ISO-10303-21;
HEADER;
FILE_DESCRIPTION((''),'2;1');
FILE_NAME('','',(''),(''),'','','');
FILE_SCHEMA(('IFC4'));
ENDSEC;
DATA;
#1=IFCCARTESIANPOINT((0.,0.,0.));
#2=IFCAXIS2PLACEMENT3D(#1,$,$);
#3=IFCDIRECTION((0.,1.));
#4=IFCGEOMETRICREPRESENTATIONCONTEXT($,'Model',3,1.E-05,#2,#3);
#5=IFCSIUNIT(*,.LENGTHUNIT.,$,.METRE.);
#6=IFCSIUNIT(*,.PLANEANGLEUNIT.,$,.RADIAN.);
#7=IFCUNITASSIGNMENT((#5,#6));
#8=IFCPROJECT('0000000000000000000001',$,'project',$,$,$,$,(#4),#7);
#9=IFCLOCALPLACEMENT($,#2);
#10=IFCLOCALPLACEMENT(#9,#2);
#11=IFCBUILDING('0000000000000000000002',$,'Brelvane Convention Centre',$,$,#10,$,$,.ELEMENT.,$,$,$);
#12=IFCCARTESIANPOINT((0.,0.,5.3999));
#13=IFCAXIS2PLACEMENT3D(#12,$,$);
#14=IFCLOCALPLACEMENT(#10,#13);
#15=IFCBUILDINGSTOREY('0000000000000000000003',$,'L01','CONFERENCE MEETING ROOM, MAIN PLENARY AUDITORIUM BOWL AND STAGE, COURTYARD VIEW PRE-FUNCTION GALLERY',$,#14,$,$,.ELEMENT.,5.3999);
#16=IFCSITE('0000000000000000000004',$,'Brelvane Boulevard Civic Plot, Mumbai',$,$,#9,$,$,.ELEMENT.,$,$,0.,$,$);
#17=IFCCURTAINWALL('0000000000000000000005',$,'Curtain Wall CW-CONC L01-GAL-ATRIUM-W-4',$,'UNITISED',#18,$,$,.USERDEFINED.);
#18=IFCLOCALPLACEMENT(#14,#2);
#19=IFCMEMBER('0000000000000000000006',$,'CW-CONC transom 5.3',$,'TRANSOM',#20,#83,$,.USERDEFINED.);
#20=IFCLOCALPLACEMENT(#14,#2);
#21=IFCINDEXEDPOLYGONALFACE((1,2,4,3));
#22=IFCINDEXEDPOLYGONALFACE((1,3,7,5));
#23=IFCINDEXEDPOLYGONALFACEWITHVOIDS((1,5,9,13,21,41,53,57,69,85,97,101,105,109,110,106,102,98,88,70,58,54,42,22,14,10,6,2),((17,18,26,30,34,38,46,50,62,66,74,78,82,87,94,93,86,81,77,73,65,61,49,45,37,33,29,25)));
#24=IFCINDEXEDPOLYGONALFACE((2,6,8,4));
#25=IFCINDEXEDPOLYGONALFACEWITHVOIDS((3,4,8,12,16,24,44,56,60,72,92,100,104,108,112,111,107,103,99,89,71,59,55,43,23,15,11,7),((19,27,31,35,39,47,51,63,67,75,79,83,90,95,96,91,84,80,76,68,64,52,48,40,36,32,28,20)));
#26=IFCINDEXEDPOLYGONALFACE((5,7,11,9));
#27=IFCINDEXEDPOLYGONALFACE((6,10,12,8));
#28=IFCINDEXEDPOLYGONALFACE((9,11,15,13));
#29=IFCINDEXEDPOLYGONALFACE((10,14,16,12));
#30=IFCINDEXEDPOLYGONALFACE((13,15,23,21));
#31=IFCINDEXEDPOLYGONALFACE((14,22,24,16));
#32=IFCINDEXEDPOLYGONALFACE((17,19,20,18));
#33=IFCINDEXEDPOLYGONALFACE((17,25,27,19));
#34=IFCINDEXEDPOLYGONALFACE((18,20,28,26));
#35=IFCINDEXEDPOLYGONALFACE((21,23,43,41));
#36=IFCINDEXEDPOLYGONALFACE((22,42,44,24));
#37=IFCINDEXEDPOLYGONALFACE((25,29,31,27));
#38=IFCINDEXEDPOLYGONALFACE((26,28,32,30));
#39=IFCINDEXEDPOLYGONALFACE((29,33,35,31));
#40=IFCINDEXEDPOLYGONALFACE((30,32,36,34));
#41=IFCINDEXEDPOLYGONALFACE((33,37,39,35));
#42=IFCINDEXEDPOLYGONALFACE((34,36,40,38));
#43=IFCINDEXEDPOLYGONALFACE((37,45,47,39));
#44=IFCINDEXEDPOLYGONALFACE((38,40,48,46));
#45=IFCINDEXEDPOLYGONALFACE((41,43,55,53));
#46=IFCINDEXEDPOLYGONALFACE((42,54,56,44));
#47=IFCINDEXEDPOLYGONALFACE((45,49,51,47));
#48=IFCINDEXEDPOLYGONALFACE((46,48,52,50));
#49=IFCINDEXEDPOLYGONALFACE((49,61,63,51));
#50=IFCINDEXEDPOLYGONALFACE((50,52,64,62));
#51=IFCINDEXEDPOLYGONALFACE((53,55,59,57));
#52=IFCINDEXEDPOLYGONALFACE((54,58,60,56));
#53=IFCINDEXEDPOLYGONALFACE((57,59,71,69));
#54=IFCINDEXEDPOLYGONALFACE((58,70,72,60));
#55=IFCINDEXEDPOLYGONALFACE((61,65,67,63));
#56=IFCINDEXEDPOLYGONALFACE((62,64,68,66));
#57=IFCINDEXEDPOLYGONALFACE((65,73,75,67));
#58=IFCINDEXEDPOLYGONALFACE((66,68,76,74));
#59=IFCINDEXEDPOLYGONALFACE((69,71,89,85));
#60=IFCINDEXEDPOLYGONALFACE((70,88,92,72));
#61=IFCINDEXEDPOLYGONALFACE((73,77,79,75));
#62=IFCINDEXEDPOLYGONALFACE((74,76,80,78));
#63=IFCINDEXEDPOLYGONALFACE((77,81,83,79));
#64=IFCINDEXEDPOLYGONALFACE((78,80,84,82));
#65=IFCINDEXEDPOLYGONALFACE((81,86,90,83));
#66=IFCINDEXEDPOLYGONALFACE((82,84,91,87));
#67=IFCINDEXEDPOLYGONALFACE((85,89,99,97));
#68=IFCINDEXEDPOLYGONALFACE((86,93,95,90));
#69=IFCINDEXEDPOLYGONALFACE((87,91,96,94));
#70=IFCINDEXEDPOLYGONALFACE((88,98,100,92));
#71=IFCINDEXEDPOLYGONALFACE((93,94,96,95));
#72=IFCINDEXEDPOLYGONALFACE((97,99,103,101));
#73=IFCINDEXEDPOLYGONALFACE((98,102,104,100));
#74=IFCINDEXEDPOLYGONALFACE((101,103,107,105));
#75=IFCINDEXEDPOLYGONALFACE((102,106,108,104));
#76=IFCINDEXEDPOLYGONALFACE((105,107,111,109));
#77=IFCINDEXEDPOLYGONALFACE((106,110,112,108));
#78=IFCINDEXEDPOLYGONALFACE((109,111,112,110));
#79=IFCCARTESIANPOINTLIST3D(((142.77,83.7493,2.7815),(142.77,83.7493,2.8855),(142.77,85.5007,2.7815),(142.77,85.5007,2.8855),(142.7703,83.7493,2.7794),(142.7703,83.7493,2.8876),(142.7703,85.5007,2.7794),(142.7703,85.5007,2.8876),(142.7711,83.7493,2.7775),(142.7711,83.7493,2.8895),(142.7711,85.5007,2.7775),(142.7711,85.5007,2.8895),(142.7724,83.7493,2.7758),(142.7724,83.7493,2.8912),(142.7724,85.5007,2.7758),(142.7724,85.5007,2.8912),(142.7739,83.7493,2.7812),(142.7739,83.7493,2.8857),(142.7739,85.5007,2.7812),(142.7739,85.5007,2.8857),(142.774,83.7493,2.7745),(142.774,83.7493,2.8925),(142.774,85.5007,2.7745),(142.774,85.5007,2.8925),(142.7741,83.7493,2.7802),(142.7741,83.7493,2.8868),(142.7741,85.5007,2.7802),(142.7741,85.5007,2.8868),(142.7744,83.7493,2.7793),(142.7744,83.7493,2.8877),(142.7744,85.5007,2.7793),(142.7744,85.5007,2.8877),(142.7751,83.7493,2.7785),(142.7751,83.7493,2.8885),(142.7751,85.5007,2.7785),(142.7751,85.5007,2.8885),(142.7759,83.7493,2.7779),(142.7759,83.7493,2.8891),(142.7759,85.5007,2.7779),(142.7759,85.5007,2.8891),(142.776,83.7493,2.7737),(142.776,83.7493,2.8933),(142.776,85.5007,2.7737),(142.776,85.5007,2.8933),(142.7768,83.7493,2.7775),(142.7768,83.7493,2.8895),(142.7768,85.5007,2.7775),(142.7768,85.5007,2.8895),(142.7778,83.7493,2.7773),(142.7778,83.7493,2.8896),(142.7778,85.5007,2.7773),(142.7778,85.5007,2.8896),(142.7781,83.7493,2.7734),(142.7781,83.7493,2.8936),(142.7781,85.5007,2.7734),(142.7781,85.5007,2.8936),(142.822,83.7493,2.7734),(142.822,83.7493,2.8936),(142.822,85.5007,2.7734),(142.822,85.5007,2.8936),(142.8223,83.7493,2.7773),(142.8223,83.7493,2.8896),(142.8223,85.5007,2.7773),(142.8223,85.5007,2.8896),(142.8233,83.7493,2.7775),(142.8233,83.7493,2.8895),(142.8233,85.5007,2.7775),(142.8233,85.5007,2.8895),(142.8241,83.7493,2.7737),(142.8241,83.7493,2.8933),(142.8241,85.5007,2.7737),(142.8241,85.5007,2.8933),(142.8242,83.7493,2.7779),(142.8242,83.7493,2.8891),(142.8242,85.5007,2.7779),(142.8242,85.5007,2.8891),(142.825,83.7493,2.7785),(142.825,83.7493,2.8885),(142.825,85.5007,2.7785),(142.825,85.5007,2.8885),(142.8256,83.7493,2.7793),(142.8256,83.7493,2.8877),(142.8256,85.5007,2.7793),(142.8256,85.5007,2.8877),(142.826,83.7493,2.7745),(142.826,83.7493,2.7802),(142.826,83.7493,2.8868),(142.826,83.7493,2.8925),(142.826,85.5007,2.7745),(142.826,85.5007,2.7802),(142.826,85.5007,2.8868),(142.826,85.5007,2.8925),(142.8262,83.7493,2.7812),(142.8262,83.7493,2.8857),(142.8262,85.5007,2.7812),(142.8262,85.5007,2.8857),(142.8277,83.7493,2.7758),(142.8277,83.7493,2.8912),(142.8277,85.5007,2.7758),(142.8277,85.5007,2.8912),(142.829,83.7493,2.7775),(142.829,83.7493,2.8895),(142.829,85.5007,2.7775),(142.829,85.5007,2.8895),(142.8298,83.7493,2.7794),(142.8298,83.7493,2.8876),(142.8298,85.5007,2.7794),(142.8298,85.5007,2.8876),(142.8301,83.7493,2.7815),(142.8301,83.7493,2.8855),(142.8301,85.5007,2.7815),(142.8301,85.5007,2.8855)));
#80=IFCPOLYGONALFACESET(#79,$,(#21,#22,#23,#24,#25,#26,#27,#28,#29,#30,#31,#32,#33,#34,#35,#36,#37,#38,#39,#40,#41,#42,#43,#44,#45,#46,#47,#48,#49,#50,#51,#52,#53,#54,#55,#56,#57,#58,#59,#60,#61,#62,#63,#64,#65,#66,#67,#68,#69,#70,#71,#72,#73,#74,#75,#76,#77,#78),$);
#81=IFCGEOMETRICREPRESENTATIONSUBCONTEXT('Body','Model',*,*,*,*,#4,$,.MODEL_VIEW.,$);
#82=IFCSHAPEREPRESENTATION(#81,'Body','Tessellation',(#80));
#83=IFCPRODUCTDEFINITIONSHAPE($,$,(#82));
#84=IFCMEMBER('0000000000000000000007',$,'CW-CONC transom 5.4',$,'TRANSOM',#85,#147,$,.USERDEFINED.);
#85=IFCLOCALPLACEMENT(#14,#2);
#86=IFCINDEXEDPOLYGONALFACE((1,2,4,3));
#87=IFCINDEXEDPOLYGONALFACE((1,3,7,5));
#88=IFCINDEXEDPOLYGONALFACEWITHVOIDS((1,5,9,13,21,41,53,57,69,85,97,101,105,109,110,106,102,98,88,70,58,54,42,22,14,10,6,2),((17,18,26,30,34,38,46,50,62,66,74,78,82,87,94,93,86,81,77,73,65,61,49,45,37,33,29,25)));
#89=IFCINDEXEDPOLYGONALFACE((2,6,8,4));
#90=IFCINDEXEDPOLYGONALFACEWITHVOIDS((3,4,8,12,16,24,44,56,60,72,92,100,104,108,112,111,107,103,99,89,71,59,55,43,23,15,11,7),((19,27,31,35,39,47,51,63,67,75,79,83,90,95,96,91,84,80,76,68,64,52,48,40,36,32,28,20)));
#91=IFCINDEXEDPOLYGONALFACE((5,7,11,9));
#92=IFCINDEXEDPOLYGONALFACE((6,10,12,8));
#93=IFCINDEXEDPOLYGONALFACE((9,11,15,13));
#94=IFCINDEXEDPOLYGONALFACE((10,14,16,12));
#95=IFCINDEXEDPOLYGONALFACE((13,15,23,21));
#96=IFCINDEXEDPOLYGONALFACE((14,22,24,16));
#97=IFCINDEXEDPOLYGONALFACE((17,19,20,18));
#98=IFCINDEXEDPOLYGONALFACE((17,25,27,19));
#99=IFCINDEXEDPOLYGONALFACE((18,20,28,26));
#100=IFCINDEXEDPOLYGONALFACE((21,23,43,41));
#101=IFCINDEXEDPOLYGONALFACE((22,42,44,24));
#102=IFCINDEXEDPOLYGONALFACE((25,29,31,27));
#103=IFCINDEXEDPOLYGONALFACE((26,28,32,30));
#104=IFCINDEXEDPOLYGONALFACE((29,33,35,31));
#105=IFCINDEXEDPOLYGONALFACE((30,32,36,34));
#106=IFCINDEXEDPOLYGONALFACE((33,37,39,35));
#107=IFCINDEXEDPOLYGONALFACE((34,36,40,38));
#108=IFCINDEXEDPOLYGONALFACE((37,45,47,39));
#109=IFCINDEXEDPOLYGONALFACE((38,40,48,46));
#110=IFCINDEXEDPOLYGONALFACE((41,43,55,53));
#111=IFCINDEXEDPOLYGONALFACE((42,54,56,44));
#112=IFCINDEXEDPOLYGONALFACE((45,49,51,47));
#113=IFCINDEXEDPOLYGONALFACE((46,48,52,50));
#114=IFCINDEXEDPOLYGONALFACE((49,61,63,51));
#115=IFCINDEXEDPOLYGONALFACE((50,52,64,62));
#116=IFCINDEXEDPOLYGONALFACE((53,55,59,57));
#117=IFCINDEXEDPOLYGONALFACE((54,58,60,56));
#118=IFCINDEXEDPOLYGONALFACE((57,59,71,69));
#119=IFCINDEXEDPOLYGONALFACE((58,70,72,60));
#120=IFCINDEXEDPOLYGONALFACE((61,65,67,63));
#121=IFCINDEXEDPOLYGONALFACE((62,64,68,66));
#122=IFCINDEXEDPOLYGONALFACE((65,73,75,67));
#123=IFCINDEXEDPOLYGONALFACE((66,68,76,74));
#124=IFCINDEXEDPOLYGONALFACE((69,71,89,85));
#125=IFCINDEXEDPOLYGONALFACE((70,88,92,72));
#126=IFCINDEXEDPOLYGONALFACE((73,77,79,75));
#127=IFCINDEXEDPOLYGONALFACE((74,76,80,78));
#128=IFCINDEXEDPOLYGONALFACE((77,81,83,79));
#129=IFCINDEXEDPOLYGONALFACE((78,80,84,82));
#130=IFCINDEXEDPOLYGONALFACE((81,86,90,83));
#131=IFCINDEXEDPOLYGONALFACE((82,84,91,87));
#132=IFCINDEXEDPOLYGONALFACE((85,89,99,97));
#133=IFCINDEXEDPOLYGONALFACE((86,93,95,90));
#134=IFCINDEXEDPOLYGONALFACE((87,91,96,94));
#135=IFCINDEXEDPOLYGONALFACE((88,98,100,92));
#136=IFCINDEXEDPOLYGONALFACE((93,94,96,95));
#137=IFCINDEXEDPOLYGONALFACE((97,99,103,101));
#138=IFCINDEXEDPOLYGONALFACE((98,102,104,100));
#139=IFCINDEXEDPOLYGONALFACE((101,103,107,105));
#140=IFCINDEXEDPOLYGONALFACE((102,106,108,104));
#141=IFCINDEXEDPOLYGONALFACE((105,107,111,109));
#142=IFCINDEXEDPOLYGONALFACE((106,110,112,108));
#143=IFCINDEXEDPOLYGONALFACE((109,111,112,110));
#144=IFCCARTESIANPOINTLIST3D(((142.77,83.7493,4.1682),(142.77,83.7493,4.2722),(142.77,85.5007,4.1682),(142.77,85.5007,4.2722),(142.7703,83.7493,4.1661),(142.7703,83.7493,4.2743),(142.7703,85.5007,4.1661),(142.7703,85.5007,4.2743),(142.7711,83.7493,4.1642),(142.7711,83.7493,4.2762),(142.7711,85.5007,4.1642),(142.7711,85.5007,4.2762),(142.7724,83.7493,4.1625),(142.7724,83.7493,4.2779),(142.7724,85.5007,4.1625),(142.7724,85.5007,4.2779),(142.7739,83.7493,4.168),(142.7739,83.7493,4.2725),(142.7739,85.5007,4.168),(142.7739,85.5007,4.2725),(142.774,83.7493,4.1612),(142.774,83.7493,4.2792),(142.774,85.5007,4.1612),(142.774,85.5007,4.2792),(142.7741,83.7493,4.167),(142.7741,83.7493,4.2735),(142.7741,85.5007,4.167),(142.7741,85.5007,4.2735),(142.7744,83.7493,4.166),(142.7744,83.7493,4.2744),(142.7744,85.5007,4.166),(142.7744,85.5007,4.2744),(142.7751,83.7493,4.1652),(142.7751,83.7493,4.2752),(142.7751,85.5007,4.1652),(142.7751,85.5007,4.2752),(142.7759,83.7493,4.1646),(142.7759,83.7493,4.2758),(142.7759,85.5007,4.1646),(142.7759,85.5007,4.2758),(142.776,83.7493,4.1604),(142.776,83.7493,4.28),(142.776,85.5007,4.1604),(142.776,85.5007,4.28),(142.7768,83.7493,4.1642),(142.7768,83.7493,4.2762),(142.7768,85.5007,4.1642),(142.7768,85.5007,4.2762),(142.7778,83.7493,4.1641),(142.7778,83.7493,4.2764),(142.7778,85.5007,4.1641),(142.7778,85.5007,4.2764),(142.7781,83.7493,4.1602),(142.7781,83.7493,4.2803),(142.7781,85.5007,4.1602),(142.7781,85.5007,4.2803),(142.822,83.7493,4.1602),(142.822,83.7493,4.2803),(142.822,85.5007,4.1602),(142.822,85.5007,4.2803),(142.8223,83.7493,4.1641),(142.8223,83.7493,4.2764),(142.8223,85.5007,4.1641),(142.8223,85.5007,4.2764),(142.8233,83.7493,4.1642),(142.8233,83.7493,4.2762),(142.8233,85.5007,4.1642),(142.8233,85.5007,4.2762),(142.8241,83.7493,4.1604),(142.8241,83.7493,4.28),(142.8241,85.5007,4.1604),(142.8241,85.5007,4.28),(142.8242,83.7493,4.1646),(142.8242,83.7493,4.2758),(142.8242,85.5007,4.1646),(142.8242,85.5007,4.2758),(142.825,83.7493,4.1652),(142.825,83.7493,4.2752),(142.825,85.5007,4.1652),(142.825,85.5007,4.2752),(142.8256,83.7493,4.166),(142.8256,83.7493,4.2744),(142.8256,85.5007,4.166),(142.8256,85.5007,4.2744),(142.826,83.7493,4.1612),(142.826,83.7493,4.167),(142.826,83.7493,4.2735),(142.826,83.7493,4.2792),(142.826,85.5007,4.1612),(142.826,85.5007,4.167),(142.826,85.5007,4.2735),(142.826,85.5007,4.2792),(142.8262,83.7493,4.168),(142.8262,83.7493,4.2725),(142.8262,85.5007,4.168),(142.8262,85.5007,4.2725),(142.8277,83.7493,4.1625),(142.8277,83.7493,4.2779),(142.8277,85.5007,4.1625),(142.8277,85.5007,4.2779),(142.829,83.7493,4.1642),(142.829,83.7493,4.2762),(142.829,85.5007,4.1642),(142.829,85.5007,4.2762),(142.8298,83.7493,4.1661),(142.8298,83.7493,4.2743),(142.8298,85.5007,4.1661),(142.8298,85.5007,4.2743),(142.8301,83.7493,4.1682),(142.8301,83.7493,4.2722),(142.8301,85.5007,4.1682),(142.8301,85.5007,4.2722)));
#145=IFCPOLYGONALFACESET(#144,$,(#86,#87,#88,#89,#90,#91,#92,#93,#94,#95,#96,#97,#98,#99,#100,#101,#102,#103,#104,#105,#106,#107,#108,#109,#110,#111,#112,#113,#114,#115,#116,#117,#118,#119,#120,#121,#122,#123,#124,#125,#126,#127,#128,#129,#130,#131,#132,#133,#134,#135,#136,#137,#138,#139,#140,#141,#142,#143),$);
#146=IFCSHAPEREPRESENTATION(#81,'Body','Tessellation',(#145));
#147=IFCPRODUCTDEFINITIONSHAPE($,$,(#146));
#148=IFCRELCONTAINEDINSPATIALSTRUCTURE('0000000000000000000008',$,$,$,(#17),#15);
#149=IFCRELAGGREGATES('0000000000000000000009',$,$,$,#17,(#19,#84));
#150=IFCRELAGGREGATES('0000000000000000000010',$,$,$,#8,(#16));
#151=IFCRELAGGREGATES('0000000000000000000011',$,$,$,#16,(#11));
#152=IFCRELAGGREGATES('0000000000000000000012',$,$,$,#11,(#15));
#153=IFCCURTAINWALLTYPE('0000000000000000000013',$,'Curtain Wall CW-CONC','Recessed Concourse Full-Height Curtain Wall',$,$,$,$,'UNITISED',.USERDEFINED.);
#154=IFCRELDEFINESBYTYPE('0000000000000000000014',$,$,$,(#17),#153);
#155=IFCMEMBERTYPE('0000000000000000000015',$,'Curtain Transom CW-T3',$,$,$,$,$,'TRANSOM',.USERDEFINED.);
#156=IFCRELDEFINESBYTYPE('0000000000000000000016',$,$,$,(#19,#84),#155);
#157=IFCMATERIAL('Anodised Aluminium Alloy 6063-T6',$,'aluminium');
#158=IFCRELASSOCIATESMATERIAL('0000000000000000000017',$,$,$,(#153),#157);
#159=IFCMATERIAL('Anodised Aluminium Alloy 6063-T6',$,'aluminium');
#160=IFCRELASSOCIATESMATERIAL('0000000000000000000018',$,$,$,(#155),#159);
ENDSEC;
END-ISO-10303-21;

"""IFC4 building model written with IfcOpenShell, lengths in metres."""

from ifc_helpers import new_model, si_unit, direction, frame, origin, origin_2d, place, context, subcontext, project, spatial, hollow_rectangle, extrude, material, material_profile, profile_set, type_object, element, aggregate, save


model = new_model("IFC4")

# Units and contexts
model_context = context("Model", 3, precision=1e-05, world=origin(), true_north=direction((0.0, 1.0)))
body_context = subcontext(model_context, "Body", "Model", "MODEL_VIEW")
ifc_project = project(units=[si_unit("LENGTHUNIT", "METRE"), si_unit("PLANEANGLEUNIT", "RADIAN")], contexts=[model_context])

# Site, building, storey
site_placement = place(None, origin())
site = spatial("IfcSite", under=ifc_project, at=site_placement, Name="Brelvane Boulevard Civic Plot, Mumbai", CompositionType="ELEMENT", RefElevation=0.0)
building_placement = place(site_placement, origin())
building = spatial("IfcBuilding", under=site, at=building_placement, Name="Brelvane Convention Centre", CompositionType="ELEMENT")
storey_placement = place(building_placement, frame((0.0, 0.0, 5.3999)))
storey = spatial("IfcBuildingStorey", under=building, at=storey_placement, Name="L01", Description="CONFERENCE MEETING ROOM, MAIN PLENARY AUDITORIUM BOWL AND STAGE, COURTYARD VIEW PRE-FUNCTION GALLERY", CompositionType="ELEMENT", Elevation=5.3999)

# Curtain wall, members
ifc_material_1 = material(Name="Anodised Aluminium Alloy 6063-T6", Category="aluminium")
curtain_wall_type = type_object("IfcCurtainWallType", Name="Curtain Wall CW-CONC", Description="Recessed Concourse Full-Height Curtain Wall", ElementType="UNITISED", PredefinedType="USERDEFINED", material=ifc_material_1)
curtain_wall_placement = place(storey_placement, origin())
curtain_wall = element("IfcCurtainWall", 1, at=curtain_wall_placement, inside=storey, type_object=curtain_wall_type, Name="Curtain Wall CW-CONC L01-GAL-ATRIUM-W-4", ObjectType="UNITISED", PredefinedType="USERDEFINED")
ifc_material_2 = material(Name="Anodised Aluminium Alloy 6063-T6", Category="aluminium")
ifc_material_profile_1 = material_profile(ifc_material_2, hollow_rectangle(XDim=0.0601, YDim=0.1201, WallThickness=0.0039, InnerFilletRadius=0.0039, OuterFilletRadius=0.0081, at=origin_2d()), Name="ALU-T 120x60x4.0")
ifc_profile_set_1 = profile_set([ifc_material_profile_1], Name="Anodised Aluminium Alloy 6063-T6")
member_type_1 = type_object("IfcMemberType", Name="Curtain Transom CW-T3", ElementType="TRANSOM", PredefinedType="USERDEFINED", material=ifc_profile_set_1)
member_1_placement = place(storey_placement, frame((142.8, 83.7493, 2.8335), z_axis=(0.0, 1.0, 0.0), x_axis=(-1.0, 0.0, 0.0)))
member_1 = element("IfcMember", 2, at=member_1_placement, type_object=member_type_1, Name="CW-CONC transom 5.3", ObjectType="TRANSOM", PredefinedType="USERDEFINED", context=body_context, shape_type="SweptSolid", body=[
    extrude(hollow_rectangle(XDim=0.0601, YDim=0.1201, WallThickness=0.0039, InnerFilletRadius=0.0039, OuterFilletRadius=0.0081, at=origin_2d()), origin(), (0.0, 0.0, 1.0), 1.7515),
])
member_2_placement = place(storey_placement, frame((142.8, 83.7493, 4.2202), z_axis=(0.0, 1.0, 0.0), x_axis=(-1.0, 0.0, 0.0)))
member_2 = element("IfcMember", 3, at=member_2_placement, type_object=member_type_1, Name="CW-CONC transom 5.4", ObjectType="TRANSOM", PredefinedType="USERDEFINED", context=body_context, shape_type="SweptSolid", body=[
    extrude(hollow_rectangle(XDim=0.0601, YDim=0.1201, WallThickness=0.0039, InnerFilletRadius=0.0039, OuterFilletRadius=0.0081, at=origin_2d()), origin(), (0.0, 0.0, 1.0), 1.7515),
])
aggregate(curtain_wall, [member_1, member_2])

save(model, "model.ifc")
